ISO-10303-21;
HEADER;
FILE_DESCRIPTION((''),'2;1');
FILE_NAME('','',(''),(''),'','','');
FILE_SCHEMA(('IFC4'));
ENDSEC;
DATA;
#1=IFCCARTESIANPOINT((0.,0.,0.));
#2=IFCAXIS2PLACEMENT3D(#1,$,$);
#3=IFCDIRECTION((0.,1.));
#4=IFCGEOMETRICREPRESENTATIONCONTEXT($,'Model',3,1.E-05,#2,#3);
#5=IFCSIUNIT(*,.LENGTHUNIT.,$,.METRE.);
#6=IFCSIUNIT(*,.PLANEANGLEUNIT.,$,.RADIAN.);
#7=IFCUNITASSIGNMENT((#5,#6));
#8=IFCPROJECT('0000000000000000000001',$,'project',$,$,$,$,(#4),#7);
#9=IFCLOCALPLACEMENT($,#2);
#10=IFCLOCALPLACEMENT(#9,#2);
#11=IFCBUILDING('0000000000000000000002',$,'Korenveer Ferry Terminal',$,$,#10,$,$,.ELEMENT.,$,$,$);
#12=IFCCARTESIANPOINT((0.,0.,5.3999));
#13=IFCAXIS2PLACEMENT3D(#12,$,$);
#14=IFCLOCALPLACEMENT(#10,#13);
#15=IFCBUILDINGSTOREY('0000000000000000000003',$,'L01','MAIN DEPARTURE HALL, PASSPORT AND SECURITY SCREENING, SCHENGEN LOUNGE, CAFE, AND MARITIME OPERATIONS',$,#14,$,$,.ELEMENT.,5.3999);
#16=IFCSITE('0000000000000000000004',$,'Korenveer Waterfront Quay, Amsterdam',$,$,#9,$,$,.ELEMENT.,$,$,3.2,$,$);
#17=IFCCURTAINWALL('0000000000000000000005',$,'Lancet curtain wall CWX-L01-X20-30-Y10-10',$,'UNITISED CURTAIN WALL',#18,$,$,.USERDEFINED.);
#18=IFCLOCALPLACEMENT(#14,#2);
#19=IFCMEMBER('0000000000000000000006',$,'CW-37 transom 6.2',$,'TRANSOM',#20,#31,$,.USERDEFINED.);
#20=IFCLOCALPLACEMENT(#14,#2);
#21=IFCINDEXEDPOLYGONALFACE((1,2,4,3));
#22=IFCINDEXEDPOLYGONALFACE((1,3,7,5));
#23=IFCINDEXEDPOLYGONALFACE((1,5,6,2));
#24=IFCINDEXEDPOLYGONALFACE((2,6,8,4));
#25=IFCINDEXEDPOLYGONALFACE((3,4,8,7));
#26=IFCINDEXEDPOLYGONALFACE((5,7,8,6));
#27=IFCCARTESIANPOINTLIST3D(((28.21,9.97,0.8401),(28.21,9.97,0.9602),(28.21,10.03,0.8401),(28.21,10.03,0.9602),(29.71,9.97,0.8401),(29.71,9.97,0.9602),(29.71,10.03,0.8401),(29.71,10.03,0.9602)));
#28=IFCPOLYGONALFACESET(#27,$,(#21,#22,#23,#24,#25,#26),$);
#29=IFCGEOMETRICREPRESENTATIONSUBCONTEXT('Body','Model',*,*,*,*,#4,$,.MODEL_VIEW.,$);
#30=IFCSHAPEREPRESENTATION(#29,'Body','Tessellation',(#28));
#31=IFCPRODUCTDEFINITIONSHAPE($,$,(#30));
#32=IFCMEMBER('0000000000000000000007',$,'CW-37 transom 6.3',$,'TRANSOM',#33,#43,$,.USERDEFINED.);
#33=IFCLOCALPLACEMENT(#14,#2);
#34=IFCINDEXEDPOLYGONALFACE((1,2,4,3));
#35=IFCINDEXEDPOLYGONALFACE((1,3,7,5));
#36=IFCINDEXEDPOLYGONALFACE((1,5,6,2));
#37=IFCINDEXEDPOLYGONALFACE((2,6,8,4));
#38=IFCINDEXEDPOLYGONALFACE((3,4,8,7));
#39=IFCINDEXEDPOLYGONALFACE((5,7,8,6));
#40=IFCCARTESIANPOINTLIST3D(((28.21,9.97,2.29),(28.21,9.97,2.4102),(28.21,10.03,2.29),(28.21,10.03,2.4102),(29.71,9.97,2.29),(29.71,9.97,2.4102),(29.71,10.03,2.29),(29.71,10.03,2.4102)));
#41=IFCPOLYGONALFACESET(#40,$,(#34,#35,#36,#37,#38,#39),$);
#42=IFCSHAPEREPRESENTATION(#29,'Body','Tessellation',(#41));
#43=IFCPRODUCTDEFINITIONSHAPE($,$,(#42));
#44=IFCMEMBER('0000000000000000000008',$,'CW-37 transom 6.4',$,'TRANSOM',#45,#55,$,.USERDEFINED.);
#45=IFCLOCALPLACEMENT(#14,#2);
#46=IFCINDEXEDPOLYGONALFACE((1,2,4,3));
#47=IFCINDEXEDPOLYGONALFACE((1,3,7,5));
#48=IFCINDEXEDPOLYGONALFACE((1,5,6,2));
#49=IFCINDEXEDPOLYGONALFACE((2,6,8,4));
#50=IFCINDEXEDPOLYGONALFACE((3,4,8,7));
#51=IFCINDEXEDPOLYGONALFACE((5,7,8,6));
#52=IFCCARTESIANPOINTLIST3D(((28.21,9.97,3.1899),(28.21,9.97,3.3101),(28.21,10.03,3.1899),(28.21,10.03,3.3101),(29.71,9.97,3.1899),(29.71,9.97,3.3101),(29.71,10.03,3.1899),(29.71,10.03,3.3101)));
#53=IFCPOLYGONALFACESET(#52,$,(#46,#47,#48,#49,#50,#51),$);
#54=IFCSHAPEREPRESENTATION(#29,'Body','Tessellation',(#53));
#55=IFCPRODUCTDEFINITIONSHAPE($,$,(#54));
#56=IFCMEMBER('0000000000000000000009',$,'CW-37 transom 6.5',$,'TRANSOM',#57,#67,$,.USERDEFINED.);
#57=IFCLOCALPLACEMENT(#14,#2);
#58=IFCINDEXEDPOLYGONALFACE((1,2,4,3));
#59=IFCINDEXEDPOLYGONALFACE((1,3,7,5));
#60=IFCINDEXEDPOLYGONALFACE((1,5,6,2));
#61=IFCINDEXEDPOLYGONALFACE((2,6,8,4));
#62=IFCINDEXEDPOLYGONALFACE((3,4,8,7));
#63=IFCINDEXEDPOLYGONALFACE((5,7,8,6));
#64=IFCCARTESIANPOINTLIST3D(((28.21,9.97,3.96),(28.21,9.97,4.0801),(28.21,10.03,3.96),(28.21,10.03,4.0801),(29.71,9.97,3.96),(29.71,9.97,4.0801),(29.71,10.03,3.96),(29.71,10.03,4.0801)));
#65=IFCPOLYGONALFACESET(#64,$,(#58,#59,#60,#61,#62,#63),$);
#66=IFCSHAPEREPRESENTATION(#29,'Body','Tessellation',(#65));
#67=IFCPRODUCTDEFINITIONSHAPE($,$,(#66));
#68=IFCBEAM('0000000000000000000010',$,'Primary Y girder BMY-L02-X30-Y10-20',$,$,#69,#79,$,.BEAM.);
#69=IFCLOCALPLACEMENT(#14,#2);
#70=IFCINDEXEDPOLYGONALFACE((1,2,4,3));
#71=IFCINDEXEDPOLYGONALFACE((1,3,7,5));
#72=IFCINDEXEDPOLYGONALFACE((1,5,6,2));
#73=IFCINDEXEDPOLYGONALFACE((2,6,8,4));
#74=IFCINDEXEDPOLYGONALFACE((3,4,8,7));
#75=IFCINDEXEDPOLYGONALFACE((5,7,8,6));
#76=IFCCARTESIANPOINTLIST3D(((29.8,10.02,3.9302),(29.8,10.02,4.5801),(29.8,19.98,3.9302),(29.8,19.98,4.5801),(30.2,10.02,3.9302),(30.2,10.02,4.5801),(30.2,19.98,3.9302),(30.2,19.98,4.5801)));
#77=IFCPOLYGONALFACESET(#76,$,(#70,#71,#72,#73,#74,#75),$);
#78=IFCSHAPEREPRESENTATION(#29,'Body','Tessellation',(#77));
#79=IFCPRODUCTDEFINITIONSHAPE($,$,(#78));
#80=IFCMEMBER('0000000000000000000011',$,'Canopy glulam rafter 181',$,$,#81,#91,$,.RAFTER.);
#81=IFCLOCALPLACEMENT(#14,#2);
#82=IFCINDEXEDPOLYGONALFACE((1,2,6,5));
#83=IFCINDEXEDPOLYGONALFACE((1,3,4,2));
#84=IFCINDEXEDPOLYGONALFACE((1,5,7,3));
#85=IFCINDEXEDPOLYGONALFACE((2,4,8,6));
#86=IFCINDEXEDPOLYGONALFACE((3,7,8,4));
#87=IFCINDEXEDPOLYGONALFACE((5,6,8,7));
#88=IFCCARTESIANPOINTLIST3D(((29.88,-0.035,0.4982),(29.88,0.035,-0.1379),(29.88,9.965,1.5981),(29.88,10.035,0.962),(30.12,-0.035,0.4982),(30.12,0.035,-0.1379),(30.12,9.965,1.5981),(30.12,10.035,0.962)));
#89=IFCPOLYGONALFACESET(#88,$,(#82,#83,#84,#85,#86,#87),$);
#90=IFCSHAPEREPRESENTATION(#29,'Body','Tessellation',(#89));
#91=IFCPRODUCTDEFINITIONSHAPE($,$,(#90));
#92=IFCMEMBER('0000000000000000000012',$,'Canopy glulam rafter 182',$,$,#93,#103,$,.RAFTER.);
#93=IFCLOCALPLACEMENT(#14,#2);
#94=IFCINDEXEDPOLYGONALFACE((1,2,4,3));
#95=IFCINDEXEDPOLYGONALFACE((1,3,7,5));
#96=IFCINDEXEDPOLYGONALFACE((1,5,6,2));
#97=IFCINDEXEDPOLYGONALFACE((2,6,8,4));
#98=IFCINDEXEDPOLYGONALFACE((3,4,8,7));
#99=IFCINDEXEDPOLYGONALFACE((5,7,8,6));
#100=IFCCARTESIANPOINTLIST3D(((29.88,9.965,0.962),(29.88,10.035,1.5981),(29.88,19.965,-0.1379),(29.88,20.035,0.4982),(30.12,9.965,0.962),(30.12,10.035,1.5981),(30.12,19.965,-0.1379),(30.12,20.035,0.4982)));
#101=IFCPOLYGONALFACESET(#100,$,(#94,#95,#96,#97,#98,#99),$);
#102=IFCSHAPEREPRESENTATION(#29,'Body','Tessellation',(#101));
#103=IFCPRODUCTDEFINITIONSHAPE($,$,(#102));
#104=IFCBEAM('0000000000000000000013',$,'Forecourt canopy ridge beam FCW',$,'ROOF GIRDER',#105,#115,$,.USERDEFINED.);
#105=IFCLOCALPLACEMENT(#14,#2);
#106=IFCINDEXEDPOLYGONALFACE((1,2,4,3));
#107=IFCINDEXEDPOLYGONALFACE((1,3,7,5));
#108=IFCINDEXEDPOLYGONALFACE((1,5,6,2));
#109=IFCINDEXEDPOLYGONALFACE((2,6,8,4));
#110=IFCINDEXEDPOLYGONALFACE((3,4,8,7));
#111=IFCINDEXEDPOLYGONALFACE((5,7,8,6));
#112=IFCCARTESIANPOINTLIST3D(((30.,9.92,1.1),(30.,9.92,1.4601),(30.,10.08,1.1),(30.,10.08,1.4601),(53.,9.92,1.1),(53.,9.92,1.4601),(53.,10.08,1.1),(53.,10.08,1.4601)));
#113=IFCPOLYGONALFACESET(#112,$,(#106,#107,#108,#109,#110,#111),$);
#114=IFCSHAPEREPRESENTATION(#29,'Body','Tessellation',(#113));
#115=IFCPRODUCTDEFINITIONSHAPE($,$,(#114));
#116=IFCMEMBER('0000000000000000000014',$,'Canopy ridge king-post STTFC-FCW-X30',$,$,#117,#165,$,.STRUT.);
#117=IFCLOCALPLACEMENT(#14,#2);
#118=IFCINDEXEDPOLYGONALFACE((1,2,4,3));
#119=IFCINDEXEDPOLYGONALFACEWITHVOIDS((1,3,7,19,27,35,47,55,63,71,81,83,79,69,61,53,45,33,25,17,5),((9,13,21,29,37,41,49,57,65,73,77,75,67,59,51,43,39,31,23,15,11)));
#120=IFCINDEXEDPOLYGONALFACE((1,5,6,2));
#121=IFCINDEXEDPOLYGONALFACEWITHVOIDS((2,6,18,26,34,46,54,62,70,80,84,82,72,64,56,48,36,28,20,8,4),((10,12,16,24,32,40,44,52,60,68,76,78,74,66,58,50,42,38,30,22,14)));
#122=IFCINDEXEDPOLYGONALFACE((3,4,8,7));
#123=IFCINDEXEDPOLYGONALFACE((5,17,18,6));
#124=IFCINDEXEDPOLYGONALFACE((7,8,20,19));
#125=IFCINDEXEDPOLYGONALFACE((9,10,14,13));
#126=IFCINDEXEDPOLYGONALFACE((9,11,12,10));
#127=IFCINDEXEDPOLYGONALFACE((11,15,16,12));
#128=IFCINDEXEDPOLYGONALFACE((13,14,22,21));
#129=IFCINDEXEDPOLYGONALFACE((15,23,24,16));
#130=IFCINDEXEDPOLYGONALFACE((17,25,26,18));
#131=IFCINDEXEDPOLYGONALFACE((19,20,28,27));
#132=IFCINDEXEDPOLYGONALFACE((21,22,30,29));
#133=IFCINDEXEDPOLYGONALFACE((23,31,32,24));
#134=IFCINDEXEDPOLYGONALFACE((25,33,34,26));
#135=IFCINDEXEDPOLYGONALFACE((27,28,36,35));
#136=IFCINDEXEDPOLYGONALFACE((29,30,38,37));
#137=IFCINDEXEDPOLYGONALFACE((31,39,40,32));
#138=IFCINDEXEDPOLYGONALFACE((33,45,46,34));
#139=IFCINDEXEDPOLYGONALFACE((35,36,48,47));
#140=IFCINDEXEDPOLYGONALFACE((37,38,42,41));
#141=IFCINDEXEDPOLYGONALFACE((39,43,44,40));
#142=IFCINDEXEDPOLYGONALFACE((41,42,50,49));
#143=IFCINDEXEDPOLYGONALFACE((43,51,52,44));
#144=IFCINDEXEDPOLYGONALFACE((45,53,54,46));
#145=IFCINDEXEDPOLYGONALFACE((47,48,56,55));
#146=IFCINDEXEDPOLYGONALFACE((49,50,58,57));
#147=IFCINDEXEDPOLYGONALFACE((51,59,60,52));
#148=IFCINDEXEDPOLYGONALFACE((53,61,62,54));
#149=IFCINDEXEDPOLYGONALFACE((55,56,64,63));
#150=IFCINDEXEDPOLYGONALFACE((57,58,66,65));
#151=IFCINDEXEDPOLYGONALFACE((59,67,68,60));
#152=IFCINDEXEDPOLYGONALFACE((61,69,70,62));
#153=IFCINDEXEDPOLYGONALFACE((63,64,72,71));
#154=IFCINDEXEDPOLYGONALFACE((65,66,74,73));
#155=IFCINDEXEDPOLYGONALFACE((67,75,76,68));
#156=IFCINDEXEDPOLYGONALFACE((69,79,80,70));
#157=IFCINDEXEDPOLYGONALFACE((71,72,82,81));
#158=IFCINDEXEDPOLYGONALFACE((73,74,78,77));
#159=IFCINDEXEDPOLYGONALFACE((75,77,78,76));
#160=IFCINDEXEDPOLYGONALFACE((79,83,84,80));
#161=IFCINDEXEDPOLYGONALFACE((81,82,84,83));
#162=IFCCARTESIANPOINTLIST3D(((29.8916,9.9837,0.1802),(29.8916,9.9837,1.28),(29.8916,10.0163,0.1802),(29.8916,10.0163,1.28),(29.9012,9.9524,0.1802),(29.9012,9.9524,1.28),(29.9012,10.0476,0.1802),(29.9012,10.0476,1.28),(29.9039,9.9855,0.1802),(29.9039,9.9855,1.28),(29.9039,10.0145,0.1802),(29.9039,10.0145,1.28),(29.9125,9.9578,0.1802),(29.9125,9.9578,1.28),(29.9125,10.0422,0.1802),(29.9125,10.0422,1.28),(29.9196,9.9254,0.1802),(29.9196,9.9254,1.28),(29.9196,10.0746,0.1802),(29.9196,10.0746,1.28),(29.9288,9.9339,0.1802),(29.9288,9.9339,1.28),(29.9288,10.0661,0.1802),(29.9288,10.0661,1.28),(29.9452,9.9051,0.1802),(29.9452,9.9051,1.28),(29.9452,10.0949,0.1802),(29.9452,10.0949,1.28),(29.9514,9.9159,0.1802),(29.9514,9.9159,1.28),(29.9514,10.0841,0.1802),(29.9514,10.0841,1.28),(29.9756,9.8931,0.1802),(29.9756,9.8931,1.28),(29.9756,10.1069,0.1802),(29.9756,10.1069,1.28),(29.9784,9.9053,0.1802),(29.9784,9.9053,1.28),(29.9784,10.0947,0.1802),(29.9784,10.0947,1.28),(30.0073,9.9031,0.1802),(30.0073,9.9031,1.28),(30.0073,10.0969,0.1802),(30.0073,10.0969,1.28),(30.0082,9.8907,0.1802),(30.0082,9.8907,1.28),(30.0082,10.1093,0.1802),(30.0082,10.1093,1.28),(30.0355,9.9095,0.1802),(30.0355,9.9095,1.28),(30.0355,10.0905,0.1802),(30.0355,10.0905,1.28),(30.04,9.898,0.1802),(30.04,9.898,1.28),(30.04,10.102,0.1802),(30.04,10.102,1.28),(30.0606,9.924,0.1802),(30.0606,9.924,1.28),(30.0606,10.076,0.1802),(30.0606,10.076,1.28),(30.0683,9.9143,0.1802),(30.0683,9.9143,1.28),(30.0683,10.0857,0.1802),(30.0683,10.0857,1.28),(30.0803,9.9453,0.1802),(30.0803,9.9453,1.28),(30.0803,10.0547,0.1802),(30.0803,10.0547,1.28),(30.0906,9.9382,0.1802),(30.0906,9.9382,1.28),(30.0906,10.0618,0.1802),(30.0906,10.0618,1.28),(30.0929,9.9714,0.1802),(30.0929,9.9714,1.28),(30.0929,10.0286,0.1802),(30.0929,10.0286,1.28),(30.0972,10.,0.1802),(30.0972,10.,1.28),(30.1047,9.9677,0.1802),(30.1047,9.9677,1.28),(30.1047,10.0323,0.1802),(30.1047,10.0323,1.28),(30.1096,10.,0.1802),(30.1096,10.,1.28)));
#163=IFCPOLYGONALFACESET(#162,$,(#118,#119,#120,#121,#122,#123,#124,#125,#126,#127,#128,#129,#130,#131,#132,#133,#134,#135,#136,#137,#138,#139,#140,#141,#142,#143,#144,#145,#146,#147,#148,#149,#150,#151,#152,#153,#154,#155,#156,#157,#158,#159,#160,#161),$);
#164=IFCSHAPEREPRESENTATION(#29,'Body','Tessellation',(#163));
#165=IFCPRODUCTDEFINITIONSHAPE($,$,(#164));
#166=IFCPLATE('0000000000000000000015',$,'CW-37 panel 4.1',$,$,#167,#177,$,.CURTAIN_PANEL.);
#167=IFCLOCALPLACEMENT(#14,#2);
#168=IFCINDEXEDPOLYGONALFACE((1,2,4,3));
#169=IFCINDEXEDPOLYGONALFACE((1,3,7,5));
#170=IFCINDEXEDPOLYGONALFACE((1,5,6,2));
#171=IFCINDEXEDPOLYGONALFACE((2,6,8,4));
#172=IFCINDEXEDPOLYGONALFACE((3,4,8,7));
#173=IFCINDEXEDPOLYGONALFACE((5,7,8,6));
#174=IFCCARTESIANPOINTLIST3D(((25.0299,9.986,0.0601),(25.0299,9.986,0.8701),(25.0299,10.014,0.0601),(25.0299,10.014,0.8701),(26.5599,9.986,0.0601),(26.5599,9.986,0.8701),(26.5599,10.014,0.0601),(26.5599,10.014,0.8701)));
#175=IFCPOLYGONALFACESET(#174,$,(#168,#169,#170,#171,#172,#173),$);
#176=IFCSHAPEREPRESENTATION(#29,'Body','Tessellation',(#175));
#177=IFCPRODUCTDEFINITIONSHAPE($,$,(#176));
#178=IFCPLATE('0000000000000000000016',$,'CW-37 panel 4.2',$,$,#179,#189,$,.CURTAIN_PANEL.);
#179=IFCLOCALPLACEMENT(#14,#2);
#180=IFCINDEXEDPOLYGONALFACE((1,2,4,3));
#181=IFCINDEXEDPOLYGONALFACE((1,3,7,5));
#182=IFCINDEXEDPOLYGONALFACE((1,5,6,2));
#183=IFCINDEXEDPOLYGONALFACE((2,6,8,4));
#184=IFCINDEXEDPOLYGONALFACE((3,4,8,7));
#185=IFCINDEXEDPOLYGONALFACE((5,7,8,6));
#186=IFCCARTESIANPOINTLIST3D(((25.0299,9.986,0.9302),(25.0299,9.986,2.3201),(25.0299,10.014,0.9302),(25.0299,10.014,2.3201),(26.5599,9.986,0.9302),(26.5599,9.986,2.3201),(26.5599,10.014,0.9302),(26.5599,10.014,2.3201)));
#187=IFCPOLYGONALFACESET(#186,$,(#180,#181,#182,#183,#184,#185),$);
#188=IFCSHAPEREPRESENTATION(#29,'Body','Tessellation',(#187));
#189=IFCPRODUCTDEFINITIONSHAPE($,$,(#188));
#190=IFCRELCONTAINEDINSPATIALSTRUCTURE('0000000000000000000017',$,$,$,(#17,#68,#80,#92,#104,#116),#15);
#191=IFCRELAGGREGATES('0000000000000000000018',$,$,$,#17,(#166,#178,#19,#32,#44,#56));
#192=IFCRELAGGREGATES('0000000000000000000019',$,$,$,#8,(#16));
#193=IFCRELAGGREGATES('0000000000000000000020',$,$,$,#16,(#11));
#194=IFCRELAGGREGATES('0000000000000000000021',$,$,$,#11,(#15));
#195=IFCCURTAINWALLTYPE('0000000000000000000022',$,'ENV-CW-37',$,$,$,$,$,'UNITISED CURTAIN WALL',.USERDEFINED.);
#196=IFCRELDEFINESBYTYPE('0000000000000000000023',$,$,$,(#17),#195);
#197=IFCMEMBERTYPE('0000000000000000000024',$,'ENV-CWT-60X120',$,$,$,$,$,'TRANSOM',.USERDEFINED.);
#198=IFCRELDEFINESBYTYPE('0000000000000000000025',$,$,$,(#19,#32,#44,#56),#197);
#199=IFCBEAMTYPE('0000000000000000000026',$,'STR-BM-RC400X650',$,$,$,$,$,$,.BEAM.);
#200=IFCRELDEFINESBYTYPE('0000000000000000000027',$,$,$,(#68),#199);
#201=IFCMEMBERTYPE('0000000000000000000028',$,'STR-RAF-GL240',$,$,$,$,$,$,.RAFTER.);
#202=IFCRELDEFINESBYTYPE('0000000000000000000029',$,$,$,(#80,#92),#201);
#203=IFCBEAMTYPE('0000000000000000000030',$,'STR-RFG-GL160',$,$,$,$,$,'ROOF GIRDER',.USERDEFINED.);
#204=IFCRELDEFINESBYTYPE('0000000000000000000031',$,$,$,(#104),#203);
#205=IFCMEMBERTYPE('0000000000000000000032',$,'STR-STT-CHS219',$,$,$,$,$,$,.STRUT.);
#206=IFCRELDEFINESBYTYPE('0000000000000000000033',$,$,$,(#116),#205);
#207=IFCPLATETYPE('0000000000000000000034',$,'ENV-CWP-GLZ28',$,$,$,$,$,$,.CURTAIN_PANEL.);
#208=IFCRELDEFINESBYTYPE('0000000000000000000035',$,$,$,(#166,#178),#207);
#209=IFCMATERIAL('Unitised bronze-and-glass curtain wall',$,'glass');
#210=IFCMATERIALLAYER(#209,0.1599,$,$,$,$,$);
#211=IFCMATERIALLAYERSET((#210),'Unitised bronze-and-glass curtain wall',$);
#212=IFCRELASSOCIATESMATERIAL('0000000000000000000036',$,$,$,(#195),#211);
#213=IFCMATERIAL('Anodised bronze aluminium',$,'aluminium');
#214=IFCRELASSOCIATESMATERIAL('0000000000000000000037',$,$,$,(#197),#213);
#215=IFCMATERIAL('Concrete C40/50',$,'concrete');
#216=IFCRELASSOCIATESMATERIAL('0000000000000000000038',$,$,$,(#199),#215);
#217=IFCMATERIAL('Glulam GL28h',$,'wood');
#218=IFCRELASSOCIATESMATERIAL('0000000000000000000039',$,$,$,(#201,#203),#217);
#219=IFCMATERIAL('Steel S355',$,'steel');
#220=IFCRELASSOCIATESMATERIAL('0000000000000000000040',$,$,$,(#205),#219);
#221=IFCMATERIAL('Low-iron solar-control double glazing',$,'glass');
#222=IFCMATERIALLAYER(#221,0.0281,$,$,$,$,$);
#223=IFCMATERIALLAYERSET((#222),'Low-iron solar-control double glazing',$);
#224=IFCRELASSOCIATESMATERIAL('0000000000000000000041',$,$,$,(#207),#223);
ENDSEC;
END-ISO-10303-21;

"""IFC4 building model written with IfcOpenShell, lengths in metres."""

from ifc_helpers import new_model, si_unit, direction, frame, origin, origin_2d, place, context, subcontext, project, spatial, rectangle, hollow_circle, extrude, material, layer, layer_set, material_profile, profile_set, type_object, element, aggregate, save


model = new_model("IFC4")

# Units and contexts
model_context = context("Model", 3, precision=1e-05, world=origin(), true_north=direction((0.0, 1.0)))
body_context = subcontext(model_context, "Body", "Model", "MODEL_VIEW")
ifc_project = project(units=[si_unit("LENGTHUNIT", "METRE"), si_unit("PLANEANGLEUNIT", "RADIAN")], contexts=[model_context])

# Site, building, storey
site_placement = place(None, origin())
site = spatial("IfcSite", under=ifc_project, at=site_placement, Name="Korenveer Waterfront Quay, Amsterdam", CompositionType="ELEMENT", RefElevation=3.2)
building_placement = place(site_placement, origin())
building = spatial("IfcBuilding", under=site, at=building_placement, Name="Korenveer Ferry Terminal", CompositionType="ELEMENT")
storey_placement = place(building_placement, frame((0.0, 0.0, 5.3999)))
storey = spatial("IfcBuildingStorey", under=building, at=storey_placement, Name="L01", Description="MAIN DEPARTURE HALL, PASSPORT AND SECURITY SCREENING, SCHENGEN LOUNGE, CAFE, AND MARITIME OPERATIONS", CompositionType="ELEMENT", Elevation=5.3999)

# Curtain wall, members
ifc_material_1 = material(Name="Unitised bronze-and-glass curtain wall", Category="glass")
ifc_layer_1 = layer(ifc_material_1, 0.1599)
ifc_layer_set_1 = layer_set([ifc_layer_1], Name="Unitised bronze-and-glass curtain wall")
curtain_wall_type = type_object("IfcCurtainWallType", Name="ENV-CW-37", ElementType="UNITISED CURTAIN WALL", PredefinedType="USERDEFINED", material=ifc_layer_set_1)
curtain_wall_placement = place(storey_placement, frame((20.23, 10.0, 0.0)))
curtain_wall = element("IfcCurtainWall", 1, at=curtain_wall_placement, inside=storey, type_object=curtain_wall_type, Name="Lancet curtain wall CWX-L01-X20-30-Y10-10", ObjectType="UNITISED CURTAIN WALL", PredefinedType="USERDEFINED")
ifc_material_2 = material(Name="Anodised bronze aluminium", Category="aluminium")
ifc_material_profile_1 = material_profile(ifc_material_2, rectangle(XDim=0.0601, YDim=0.1201, at=origin_2d()), Name="ALU 60x120")
ifc_profile_set_1 = profile_set([ifc_material_profile_1], Name="Anodised bronze aluminium")
member_type_1 = type_object("IfcMemberType", Name="ENV-CWT-60X120", ElementType="TRANSOM", PredefinedType="USERDEFINED", material=ifc_profile_set_1)
member_1_placement = place(storey_placement, frame((28.21, 10.0, 0.9001), z_axis=(1.0, 0.0, 0.0), x_axis=(0.0, 1.0, 0.0)))
member_1 = element("IfcMember", 2, at=member_1_placement, type_object=member_type_1, Name="CW-37 transom 6.2", ObjectType="TRANSOM", PredefinedType="USERDEFINED", context=body_context, shape_type="SweptSolid", body=[
    extrude(rectangle(XDim=0.0601, YDim=0.1201, at=origin_2d()), origin(), (0.0, 0.0, 1.0), 1.5),
])
member_2_placement = place(storey_placement, frame((28.21, 10.0, 2.3501), z_axis=(1.0, 0.0, 0.0), x_axis=(0.0, 1.0, 0.0)))
member_2 = element("IfcMember", 3, at=member_2_placement, type_object=member_type_1, Name="CW-37 transom 6.3", ObjectType="TRANSOM", PredefinedType="USERDEFINED", context=body_context, shape_type="SweptSolid", body=[
    extrude(rectangle(XDim=0.0601, YDim=0.1201, at=origin_2d()), origin(), (0.0, 0.0, 1.0), 1.5),
])
member_3_placement = place(storey_placement, frame((28.21, 10.0, 3.25), z_axis=(1.0, 0.0, 0.0), x_axis=(0.0, 1.0, 0.0)))
member_3 = element("IfcMember", 4, at=member_3_placement, type_object=member_type_1, Name="CW-37 transom 6.4", ObjectType="TRANSOM", PredefinedType="USERDEFINED", context=body_context, shape_type="SweptSolid", body=[
    extrude(rectangle(XDim=0.0601, YDim=0.1201, at=origin_2d()), origin(), (0.0, 0.0, 1.0), 1.5),
])
member_4_placement = place(storey_placement, frame((28.21, 10.0, 4.02), z_axis=(1.0, 0.0, 0.0), x_axis=(0.0, 1.0, 0.0)))
member_4 = element("IfcMember", 5, at=member_4_placement, type_object=member_type_1, Name="CW-37 transom 6.5", ObjectType="TRANSOM", PredefinedType="USERDEFINED", context=body_context, shape_type="SweptSolid", body=[
    extrude(rectangle(XDim=0.0601, YDim=0.1201, at=origin_2d()), origin(), (0.0, 0.0, 1.0), 1.5),
])

# Beam
ifc_material_3 = material(Name="Concrete C40/50", Category="concrete")
ifc_material_profile_2 = material_profile(ifc_material_3, rectangle(XDim=0.3999, YDim=0.6499, at=origin_2d()), Name="RC 400x650")
ifc_profile_set_2 = profile_set([ifc_material_profile_2], Name="Concrete C40/50")
beam_type_1 = type_object("IfcBeamType", Name="STR-BM-RC400X650", PredefinedType="BEAM", material=ifc_profile_set_2)
beam_1_placement = place(storey_placement, frame((30.0, 10.02, 4.2551), z_axis=(0.0, 1.0, 0.0), x_axis=(-1.0, 0.0, 0.0)))
element("IfcBeam", 6, at=beam_1_placement, inside=storey, type_object=beam_type_1, Name="Primary Y girder BMY-L02-X30-Y10-20", PredefinedType="BEAM", context=body_context, shape_type="SweptSolid", body=[
    extrude(rectangle(XDim=0.3999, YDim=0.6499, at=origin_2d()), origin(), (0.0, 0.0, 1.0), 9.96),
])

# Members
ifc_material_4 = material(Name="Glulam GL28h", Category="wood")
ifc_material_profile_3 = material_profile(ifc_material_4, rectangle(XDim=0.24, YDim=0.6399, at=origin_2d()), Name="GL 240x640")
ifc_profile_set_3 = profile_set([ifc_material_profile_3], Name="Glulam GL28h")
member_type_2 = type_object("IfcMemberType", Name="STR-RAF-GL240", PredefinedType="RAFTER", material=ifc_profile_set_3)
for number, where, z_axis, x_axis, name in (
    (7, (30.0, 0.0, 0.1802), (0.0, 0.994006, 0.109326), (-1.0, 0.0, 0.0), "Canopy glulam rafter 181"),
    (8, (30.0, 10.0, 1.28), (0.0, 0.994006, -0.109326), (-1.0, 0.0, 0.0), "Canopy glulam rafter 182"),
):
    element("IfcMember", number, at=place(storey_placement, frame(where, z_axis=z_axis, x_axis=x_axis)), inside=storey, type_object=member_type_2, Name=name, PredefinedType="RAFTER", context=body_context, shape_type="SweptSolid", body=[
        extrude(rectangle(XDim=0.24, YDim=0.6399, at=origin_2d()), origin(), (0.0, 0.0, 1.0), 10.0603),
    ])

# Beam
ifc_material_profile_4 = material_profile(ifc_material_4, rectangle(XDim=0.1599, YDim=0.3601, at=origin_2d()), Name="GL 160x360")
ifc_profile_set_4 = profile_set([ifc_material_profile_4], Name="Glulam GL28h")
beam_type_2 = type_object("IfcBeamType", Name="STR-RFG-GL160", ElementType="ROOF GIRDER", PredefinedType="USERDEFINED", material=ifc_profile_set_4)
beam_2_placement = place(storey_placement, frame((30.0, 10.0, 1.28), z_axis=(1.0, 0.0, 0.0), x_axis=(0.0, 1.0, 0.0)))
element("IfcBeam", 9, at=beam_2_placement, inside=storey, type_object=beam_type_2, Name="Forecourt canopy ridge beam FCW", ObjectType="ROOF GIRDER", PredefinedType="USERDEFINED", context=body_context, shape_type="SweptSolid", body=[
    extrude(rectangle(XDim=0.1599, YDim=0.3601, at=origin_2d()), origin(), (0.0, 0.0, 1.0), 23.0),
])

# Member
ifc_material_5 = material(Name="Steel S355", Category="steel")
ifc_material_profile_5 = material_profile(ifc_material_5, hollow_circle(Radius=0.1096, WallThickness=0.0125, at=origin_2d()), Name="CHS 219.1x12.5")
ifc_profile_set_5 = profile_set([ifc_material_profile_5], Name="Steel S355")
member_type_3 = type_object("IfcMemberType", Name="STR-STT-CHS219", PredefinedType="STRUT", material=ifc_profile_set_5)
member_5_placement = place(storey_placement, frame((30.0, 10.0, 0.1802), z_axis=(0.0, 0.0, 1.0), x_axis=(1.0, 0.0, 0.0)))
element("IfcMember", 10, at=member_5_placement, inside=storey, type_object=member_type_3, Name="Canopy ridge king-post STTFC-FCW-X30", PredefinedType="STRUT", context=body_context, shape_type="SweptSolid", body=[
    extrude(hollow_circle(Radius=0.1096, WallThickness=0.0125, at=origin_2d()), origin(), (0.0, 0.0, 1.0), 1.0999),
])

# Plates
ifc_material_6 = material(Name="Low-iron solar-control double glazing", Category="glass")
ifc_layer_2 = layer(ifc_material_6, 0.0281)
ifc_layer_set_2 = layer_set([ifc_layer_2], Name="Low-iron solar-control double glazing")
plate_type_1 = type_object("IfcPlateType", Name="ENV-CWP-GLZ28", PredefinedType="CURTAIN_PANEL", material=ifc_layer_set_2)
plate_1_placement = place(storey_placement, frame((25.7949, 10.0, 0.0601), z_axis=(0.0, 0.0, 1.0), x_axis=(1.0, 0.0, 0.0)))
plate_1 = element("IfcPlate", 11, at=plate_1_placement, type_object=plate_type_1, Name="CW-37 panel 4.1", PredefinedType="CURTAIN_PANEL", context=body_context, shape_type="SweptSolid", body=[
    extrude(rectangle(XDim=1.53, YDim=0.0281, at=origin_2d()), origin(), (0.0, 0.0, 1.0), 0.8101),
])
plate_2_placement = place(storey_placement, frame((25.7949, 10.0, 0.9302), z_axis=(0.0, 0.0, 1.0), x_axis=(1.0, 0.0, 0.0)))
plate_2 = element("IfcPlate", 12, at=plate_2_placement, type_object=plate_type_1, Name="CW-37 panel 4.2", PredefinedType="CURTAIN_PANEL", context=body_context, shape_type="SweptSolid", body=[
    extrude(rectangle(XDim=1.53, YDim=0.0281, at=origin_2d()), origin(), (0.0, 0.0, 1.0), 1.3899),
])
aggregate(curtain_wall, [plate_1, plate_2, member_1, member_2, member_3, member_4])

save(model, "model.ifc")
